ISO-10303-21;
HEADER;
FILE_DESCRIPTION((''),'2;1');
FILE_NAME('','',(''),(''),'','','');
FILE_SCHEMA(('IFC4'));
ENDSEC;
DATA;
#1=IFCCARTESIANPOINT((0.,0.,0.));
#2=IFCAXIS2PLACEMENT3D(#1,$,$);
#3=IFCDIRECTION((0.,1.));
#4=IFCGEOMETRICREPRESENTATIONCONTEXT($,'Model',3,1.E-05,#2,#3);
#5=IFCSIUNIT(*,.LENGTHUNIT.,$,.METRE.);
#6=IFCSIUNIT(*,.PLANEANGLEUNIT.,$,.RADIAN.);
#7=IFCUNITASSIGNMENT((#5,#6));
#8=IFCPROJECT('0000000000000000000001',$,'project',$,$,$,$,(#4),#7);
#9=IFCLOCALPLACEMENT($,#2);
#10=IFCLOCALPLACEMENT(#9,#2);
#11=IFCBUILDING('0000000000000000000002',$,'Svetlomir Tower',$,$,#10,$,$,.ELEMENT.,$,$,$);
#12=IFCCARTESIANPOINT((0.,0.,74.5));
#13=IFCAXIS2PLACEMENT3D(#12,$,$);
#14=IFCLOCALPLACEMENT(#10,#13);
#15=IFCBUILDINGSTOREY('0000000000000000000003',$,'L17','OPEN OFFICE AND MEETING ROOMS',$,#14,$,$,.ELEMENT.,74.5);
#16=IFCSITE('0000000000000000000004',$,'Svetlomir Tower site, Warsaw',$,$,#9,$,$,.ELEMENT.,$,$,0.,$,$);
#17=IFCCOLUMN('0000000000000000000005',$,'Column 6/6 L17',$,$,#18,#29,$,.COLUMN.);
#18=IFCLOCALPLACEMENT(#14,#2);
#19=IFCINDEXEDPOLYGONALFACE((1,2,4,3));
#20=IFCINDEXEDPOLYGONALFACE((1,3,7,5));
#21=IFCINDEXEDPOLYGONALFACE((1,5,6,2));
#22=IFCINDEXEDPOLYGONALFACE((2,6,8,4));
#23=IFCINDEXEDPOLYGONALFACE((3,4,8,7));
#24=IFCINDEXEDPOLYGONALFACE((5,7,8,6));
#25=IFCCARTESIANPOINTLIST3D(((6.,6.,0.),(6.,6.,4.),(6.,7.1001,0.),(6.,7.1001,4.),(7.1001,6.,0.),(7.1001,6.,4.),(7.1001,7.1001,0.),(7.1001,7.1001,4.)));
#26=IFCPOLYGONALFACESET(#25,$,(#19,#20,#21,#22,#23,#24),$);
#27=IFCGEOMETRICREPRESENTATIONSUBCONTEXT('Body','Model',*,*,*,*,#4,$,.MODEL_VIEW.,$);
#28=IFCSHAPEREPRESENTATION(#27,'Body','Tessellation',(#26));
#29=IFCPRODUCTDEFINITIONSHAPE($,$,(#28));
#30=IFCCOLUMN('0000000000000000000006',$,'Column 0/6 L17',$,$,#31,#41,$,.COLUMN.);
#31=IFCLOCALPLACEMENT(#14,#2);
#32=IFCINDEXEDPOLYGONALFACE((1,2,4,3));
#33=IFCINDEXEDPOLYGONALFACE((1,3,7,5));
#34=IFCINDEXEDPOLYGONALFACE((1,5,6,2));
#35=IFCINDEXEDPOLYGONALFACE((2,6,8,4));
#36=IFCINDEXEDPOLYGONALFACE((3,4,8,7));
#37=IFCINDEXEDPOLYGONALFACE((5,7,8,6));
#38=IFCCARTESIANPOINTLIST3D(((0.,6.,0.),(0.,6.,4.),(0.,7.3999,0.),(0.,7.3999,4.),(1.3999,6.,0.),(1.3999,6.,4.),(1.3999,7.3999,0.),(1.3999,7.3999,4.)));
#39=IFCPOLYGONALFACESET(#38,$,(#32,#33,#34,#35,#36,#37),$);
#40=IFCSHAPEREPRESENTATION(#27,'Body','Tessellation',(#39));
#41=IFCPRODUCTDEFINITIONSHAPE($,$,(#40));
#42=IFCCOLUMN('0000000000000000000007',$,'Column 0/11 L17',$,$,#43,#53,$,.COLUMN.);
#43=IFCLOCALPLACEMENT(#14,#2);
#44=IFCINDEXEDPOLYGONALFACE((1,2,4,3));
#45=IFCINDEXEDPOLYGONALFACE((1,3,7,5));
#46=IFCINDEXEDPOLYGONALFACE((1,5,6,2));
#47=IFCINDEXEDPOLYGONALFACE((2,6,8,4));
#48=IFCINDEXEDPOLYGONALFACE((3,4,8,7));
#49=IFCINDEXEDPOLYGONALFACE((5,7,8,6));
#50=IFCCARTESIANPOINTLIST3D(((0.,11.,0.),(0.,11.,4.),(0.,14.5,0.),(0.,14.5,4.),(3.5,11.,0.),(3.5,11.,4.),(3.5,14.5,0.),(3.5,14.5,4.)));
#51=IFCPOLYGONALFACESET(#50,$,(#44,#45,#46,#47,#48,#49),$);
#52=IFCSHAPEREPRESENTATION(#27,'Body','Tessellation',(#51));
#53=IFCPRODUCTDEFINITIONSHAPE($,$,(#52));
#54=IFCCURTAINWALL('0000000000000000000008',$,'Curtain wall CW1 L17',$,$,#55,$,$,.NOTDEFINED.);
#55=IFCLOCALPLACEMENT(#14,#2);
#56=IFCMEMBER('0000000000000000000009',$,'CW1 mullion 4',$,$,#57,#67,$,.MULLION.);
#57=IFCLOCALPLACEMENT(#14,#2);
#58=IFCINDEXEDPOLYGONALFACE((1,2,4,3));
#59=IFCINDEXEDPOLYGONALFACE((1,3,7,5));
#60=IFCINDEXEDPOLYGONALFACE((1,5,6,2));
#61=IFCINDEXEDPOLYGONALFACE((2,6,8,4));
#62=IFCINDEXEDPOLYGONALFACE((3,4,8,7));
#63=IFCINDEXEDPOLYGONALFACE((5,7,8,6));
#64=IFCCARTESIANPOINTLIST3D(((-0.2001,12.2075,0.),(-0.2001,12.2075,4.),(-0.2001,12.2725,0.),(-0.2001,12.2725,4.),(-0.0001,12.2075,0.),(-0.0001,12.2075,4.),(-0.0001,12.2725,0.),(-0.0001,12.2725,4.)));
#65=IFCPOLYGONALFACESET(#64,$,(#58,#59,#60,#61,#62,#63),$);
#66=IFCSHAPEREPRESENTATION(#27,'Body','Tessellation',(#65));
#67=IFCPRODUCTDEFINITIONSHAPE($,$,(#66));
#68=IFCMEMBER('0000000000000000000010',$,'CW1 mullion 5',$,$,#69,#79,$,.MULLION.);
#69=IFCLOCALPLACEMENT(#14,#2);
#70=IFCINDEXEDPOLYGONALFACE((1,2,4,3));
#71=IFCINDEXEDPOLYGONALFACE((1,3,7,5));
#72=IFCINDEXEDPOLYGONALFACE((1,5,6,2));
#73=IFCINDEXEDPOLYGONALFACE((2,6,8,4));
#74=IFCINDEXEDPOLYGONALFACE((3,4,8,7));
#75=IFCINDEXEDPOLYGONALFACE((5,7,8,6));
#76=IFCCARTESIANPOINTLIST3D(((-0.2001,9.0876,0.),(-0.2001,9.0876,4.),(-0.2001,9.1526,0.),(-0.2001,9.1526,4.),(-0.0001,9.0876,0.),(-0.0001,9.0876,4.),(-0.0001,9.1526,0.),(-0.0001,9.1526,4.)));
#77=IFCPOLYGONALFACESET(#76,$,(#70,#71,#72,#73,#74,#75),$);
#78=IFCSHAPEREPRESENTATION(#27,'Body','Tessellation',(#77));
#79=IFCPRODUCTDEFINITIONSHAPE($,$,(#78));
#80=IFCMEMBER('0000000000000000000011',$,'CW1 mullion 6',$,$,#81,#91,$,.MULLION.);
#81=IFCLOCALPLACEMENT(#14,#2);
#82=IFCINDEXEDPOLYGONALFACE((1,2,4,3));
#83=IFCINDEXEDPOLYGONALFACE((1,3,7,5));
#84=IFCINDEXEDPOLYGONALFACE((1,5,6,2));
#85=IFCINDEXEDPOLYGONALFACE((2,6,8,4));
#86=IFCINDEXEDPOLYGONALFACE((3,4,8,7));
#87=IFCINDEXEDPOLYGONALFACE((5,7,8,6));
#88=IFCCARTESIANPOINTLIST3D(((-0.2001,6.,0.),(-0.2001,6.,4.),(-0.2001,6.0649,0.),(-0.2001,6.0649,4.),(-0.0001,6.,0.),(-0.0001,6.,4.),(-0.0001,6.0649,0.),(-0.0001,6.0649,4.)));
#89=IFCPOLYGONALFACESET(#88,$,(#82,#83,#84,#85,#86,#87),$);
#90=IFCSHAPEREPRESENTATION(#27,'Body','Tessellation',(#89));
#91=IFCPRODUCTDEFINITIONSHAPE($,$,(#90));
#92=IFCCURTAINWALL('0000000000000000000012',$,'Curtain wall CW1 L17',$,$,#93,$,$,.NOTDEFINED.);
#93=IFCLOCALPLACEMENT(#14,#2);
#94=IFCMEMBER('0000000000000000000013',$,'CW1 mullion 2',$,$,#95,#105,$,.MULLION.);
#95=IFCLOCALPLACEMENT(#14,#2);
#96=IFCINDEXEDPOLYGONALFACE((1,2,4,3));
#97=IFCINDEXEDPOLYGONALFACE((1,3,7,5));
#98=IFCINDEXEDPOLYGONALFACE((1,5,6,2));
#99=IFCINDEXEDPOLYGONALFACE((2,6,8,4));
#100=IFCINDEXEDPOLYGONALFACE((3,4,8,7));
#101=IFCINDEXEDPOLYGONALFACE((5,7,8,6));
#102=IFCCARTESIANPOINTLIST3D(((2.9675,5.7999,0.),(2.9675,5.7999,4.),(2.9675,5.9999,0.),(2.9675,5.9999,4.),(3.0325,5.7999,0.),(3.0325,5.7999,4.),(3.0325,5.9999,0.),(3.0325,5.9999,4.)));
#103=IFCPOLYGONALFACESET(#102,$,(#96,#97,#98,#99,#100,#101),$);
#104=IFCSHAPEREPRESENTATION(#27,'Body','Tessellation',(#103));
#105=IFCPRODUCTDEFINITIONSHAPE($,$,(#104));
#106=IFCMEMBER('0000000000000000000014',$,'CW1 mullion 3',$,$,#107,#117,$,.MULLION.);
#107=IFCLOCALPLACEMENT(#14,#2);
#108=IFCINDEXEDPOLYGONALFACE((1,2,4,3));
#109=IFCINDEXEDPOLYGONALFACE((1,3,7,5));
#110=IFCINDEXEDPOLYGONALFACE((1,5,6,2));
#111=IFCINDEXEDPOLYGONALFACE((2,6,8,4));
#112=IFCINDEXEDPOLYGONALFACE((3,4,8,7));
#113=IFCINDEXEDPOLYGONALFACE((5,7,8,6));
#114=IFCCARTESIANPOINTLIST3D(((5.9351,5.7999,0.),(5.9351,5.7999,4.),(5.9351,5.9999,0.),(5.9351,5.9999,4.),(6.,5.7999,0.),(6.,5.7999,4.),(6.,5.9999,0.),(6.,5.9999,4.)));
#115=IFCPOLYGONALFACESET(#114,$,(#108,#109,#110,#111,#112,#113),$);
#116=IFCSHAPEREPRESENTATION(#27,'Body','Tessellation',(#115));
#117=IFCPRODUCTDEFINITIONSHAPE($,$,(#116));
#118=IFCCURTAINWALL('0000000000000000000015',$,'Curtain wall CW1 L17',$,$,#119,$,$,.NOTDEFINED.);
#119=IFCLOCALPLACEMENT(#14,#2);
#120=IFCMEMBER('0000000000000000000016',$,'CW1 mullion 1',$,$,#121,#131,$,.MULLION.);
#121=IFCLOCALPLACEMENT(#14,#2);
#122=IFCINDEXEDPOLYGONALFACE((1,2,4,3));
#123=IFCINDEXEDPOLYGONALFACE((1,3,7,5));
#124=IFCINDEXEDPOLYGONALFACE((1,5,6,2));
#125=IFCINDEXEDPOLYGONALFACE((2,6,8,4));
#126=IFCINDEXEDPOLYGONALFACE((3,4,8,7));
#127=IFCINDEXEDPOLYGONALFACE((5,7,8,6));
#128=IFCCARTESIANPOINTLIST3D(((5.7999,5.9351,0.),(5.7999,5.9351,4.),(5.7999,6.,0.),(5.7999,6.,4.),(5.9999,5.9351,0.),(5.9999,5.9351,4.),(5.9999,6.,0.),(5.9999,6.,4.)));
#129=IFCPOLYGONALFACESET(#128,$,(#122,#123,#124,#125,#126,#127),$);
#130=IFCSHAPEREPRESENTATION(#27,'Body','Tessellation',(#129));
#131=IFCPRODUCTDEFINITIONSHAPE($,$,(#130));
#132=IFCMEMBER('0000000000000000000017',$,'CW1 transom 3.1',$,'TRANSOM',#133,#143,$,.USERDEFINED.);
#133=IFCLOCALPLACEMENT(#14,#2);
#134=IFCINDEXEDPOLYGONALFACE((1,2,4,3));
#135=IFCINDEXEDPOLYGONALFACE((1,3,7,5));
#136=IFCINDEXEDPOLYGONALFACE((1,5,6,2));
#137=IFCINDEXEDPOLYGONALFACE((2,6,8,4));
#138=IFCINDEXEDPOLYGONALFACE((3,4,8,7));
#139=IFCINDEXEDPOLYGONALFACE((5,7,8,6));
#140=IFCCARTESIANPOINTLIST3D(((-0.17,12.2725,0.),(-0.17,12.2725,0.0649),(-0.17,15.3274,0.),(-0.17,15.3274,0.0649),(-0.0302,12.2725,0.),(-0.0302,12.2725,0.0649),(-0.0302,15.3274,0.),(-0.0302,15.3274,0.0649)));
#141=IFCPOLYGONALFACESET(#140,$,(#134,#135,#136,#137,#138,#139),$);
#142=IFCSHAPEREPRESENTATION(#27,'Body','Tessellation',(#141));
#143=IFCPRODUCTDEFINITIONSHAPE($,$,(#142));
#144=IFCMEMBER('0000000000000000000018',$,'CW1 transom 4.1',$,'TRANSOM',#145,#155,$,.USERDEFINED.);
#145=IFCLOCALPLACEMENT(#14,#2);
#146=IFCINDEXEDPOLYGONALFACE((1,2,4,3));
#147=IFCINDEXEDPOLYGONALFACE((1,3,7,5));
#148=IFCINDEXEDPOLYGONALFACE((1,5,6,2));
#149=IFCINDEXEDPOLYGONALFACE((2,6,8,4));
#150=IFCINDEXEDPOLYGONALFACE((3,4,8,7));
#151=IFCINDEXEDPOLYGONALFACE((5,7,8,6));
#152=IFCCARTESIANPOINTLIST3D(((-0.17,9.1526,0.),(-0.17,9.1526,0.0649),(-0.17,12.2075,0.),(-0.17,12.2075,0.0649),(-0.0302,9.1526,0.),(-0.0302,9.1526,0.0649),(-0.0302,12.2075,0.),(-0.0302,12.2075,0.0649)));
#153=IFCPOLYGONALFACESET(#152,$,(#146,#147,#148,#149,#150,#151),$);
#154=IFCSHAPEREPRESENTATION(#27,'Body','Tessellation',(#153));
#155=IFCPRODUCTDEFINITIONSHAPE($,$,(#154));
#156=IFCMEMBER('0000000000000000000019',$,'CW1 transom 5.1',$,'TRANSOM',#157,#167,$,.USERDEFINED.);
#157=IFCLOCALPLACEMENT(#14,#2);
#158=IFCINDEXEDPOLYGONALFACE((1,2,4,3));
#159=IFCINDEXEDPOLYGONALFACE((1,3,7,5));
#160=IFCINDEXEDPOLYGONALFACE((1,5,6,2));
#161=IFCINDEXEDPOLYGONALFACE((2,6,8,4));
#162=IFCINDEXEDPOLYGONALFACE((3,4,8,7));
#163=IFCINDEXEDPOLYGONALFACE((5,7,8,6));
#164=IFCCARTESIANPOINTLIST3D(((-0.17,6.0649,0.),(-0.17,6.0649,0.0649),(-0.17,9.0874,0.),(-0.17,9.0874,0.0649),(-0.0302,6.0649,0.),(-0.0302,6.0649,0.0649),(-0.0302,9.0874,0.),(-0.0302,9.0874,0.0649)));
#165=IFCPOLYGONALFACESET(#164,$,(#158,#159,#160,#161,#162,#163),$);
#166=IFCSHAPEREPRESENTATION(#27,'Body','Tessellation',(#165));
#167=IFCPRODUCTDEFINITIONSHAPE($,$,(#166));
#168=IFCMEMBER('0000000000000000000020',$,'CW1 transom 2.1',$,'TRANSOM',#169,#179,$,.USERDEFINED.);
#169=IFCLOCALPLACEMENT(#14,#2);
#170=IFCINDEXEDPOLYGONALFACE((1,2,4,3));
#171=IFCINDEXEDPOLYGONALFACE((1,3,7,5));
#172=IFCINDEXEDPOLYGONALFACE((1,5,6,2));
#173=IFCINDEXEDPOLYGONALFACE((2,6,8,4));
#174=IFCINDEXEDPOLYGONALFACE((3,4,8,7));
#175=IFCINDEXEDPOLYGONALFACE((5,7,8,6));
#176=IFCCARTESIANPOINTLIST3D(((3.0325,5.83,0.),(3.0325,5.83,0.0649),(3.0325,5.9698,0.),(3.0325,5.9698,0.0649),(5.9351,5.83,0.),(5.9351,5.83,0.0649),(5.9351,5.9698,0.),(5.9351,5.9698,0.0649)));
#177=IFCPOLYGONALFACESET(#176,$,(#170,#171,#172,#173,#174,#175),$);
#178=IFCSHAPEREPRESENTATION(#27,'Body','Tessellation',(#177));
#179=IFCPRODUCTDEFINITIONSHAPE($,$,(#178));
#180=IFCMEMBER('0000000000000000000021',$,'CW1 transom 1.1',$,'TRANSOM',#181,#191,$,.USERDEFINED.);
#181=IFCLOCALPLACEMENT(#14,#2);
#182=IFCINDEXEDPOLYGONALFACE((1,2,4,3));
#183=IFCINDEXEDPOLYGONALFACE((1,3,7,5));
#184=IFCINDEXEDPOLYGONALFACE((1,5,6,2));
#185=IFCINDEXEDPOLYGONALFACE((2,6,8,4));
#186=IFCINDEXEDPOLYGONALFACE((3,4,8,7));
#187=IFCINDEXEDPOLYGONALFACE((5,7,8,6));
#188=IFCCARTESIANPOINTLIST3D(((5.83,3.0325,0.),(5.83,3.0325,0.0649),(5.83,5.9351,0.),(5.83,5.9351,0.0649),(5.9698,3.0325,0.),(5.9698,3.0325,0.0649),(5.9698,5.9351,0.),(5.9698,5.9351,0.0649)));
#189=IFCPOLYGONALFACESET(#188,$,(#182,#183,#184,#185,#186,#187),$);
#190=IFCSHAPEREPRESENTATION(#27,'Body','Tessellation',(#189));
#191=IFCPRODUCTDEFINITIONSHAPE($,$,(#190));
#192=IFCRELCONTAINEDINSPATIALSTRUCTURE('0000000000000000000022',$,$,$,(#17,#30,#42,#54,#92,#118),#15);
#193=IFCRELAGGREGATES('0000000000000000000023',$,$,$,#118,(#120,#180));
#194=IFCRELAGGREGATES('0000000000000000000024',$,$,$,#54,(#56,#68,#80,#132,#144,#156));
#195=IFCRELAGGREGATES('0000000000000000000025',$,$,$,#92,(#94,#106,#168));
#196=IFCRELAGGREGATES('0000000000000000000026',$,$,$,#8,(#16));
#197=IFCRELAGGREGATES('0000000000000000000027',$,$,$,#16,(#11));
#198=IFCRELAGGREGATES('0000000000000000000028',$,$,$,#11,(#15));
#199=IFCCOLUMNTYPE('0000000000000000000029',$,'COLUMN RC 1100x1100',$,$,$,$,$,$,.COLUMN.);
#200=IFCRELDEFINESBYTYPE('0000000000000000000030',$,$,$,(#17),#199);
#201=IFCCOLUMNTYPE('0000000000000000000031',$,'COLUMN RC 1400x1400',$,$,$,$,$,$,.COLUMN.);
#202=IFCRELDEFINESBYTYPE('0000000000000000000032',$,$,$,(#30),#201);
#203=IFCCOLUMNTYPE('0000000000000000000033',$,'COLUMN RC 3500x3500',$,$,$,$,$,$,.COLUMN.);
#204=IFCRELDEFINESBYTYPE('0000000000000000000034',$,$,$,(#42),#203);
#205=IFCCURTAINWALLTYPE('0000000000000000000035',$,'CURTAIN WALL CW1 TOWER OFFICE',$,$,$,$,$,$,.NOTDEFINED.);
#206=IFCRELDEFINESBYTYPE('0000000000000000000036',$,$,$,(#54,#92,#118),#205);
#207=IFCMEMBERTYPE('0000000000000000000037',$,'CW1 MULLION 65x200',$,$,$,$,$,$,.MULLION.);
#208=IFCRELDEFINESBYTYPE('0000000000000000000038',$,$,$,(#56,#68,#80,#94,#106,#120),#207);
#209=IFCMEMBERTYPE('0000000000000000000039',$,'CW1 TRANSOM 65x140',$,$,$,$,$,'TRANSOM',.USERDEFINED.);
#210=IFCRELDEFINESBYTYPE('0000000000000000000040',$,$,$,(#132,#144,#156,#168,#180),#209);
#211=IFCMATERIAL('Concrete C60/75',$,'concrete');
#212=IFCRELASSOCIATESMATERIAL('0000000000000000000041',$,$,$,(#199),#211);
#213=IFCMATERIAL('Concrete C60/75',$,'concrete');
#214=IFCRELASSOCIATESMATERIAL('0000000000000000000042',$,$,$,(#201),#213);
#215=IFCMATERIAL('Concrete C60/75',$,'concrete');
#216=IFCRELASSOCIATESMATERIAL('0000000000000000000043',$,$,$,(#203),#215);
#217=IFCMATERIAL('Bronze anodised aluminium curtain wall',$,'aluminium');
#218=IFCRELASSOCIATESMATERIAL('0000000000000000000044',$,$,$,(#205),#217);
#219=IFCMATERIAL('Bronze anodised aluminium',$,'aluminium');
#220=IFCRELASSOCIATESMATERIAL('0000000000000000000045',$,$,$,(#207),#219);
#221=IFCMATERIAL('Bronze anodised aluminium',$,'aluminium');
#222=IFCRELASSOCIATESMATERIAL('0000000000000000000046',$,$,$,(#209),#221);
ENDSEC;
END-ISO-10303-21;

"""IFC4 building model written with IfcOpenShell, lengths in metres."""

from ifc_helpers import new_model, si_unit, direction, frame, origin, origin_2d, place, context, subcontext, project, spatial, rectangle, extrude, material, material_profile, profile_set, type_object, element, aggregate, save


model = new_model("IFC4")

# Units and contexts
model_context = context("Model", 3, precision=1e-05, world=origin(), true_north=direction((0.0, 1.0)))
body_context = subcontext(model_context, "Body", "Model", "MODEL_VIEW")
ifc_project = project(units=[si_unit("LENGTHUNIT", "METRE"), si_unit("PLANEANGLEUNIT", "RADIAN")], contexts=[model_context])

# Site, building, storey
site_placement = place(None, origin())
site = spatial("IfcSite", under=ifc_project, at=site_placement, Name="Svetlomir Tower site, Warsaw", CompositionType="ELEMENT", RefElevation=0.0)
building_placement = place(site_placement, origin())
building = spatial("IfcBuilding", under=site, at=building_placement, Name="Svetlomir Tower", CompositionType="ELEMENT")
storey_placement = place(building_placement, frame((0.0, 0.0, 74.5)))
storey = spatial("IfcBuildingStorey", under=building, at=storey_placement, Name="L17", Description="OPEN OFFICE AND MEETING ROOMS", CompositionType="ELEMENT", Elevation=74.5)

# Columns
ifc_material_1 = material(Name="Concrete C60/75", Category="concrete")
ifc_material_profile_1 = material_profile(ifc_material_1, rectangle(XDim=1.1001, YDim=1.1001, at=origin_2d()), Name="RC 1100x1100")
ifc_profile_set_1 = profile_set([ifc_material_profile_1], Name="Concrete C60/75")
column_type_1 = type_object("IfcColumnType", Name="COLUMN RC 1100x1100", PredefinedType="COLUMN", material=ifc_profile_set_1)
column_1_placement = place(storey_placement, frame((6.55, 6.55, 0.0), z_axis=(0.0, 0.0, 1.0), x_axis=(1.0, 0.0, 0.0)))
element("IfcColumn", 1, at=column_1_placement, inside=storey, type_object=column_type_1, Name="Column 6/6 L17", PredefinedType="COLUMN", context=body_context, shape_type="SweptSolid", body=[
    extrude(rectangle(XDim=1.1001, YDim=1.1001, at=origin_2d()), origin(), (0.0, 0.0, 1.0), 4.0),
])
ifc_material_2 = material(Name="Concrete C60/75", Category="concrete")
ifc_material_profile_2 = material_profile(ifc_material_2, rectangle(XDim=1.3999, YDim=1.3999, at=origin_2d()), Name="RC 1400x1400")
ifc_profile_set_2 = profile_set([ifc_material_profile_2], Name="Concrete C60/75")
column_type_2 = type_object("IfcColumnType", Name="COLUMN RC 1400x1400", PredefinedType="COLUMN", material=ifc_profile_set_2)
column_2_placement = place(storey_placement, frame((0.7, 6.7, 0.0), z_axis=(0.0, 0.0, 1.0), x_axis=(1.0, 0.0, 0.0)))
element("IfcColumn", 2, at=column_2_placement, inside=storey, type_object=column_type_2, Name="Column 0/6 L17", PredefinedType="COLUMN", context=body_context, shape_type="SweptSolid", body=[
    extrude(rectangle(XDim=1.3999, YDim=1.3999, at=origin_2d()), origin(), (0.0, 0.0, 1.0), 4.0),
])
ifc_material_3 = material(Name="Concrete C60/75", Category="concrete")
ifc_material_profile_3 = material_profile(ifc_material_3, rectangle(XDim=3.5, YDim=3.5, at=origin_2d()), Name="RC 3500x3500")
ifc_profile_set_3 = profile_set([ifc_material_profile_3], Name="Concrete C60/75")
column_type_3 = type_object("IfcColumnType", Name="COLUMN RC 3500x3500", PredefinedType="COLUMN", material=ifc_profile_set_3)
column_3_placement = place(storey_placement, frame((1.75, 12.75, 0.0), z_axis=(0.0, 0.0, 1.0), x_axis=(1.0, 0.0, 0.0)))
element("IfcColumn", 3, at=column_3_placement, inside=storey, type_object=column_type_3, Name="Column 0/11 L17", PredefinedType="COLUMN", context=body_context, shape_type="SweptSolid", body=[
    extrude(rectangle(XDim=3.5, YDim=3.5, at=origin_2d()), origin(), (0.0, 0.0, 1.0), 4.0),
])

# Curtain walls, members
ifc_material_4 = material(Name="Bronze anodised aluminium curtain wall", Category="aluminium")
curtain_wall_type = type_object("IfcCurtainWallType", Name="CURTAIN WALL CW1 TOWER OFFICE", PredefinedType="NOTDEFINED", material=ifc_material_4)
curtain_wall_1_placement = place(storey_placement, origin())
curtain_wall_1 = element("IfcCurtainWall", 4, at=curtain_wall_1_placement, inside=storey, type_object=curtain_wall_type, Name="Curtain wall CW1 L17", PredefinedType="NOTDEFINED")
ifc_material_5 = material(Name="Bronze anodised aluminium", Category="aluminium")
ifc_material_profile_4 = material_profile(ifc_material_5, rectangle(XDim=0.0649, YDim=0.2, at=origin_2d()), Name="AL 65x200")
ifc_profile_set_4 = profile_set([ifc_material_profile_4], Name="Bronze anodised aluminium 6063-T6")
member_type_1 = type_object("IfcMemberType", Name="CW1 MULLION 65x200", PredefinedType="MULLION", material=ifc_profile_set_4)
member_1_placement = place(storey_placement, frame((-0.1001, 12.24, 0.0), z_axis=(0.0, 0.0, 1.0), x_axis=(0.0, -1.0, 0.0)))
member_1 = element("IfcMember", 5, at=member_1_placement, type_object=member_type_1, Name="CW1 mullion 4", PredefinedType="MULLION", context=body_context, shape_type="SweptSolid", body=[
    extrude(rectangle(XDim=0.0649, YDim=0.2, at=origin_2d()), origin(), (0.0, 0.0, 1.0), 4.0),
])
member_2_placement = place(storey_placement, frame((-0.1001, 9.1201, 0.0), z_axis=(0.0, 0.0, 1.0), x_axis=(0.0, -1.0, 0.0)))
member_2 = element("IfcMember", 6, at=member_2_placement, type_object=member_type_1, Name="CW1 mullion 5", PredefinedType="MULLION", context=body_context, shape_type="SweptSolid", body=[
    extrude(rectangle(XDim=0.0649, YDim=0.2, at=origin_2d()), origin(), (0.0, 0.0, 1.0), 4.0),
])
member_3_placement = place(storey_placement, frame((-0.1001, 6.0325, 0.0), z_axis=(0.0, 0.0, 1.0), x_axis=(0.0, -1.0, 0.0)))
member_3 = element("IfcMember", 7, at=member_3_placement, type_object=member_type_1, Name="CW1 mullion 6", PredefinedType="MULLION", context=body_context, shape_type="SweptSolid", body=[
    extrude(rectangle(XDim=0.0649, YDim=0.2, at=origin_2d()), origin(), (0.0, 0.0, 1.0), 4.0),
])
curtain_wall_2_placement = place(storey_placement, origin())
curtain_wall_2 = element("IfcCurtainWall", 8, at=curtain_wall_2_placement, inside=storey, type_object=curtain_wall_type, Name="Curtain wall CW1 L17", PredefinedType="NOTDEFINED")
member_4_placement = place(storey_placement, frame((3.0, 5.8999, 0.0), z_axis=(0.0, 0.0, 1.0), x_axis=(1.0, 0.0, 0.0)))
member_4 = element("IfcMember", 9, at=member_4_placement, type_object=member_type_1, Name="CW1 mullion 2", PredefinedType="MULLION", context=body_context, shape_type="SweptSolid", body=[
    extrude(rectangle(XDim=0.0649, YDim=0.2, at=origin_2d()), origin(), (0.0, 0.0, 1.0), 4.0),
])
member_5_placement = place(storey_placement, frame((5.9675, 5.8999, 0.0), z_axis=(0.0, 0.0, 1.0), x_axis=(1.0, 0.0, 0.0)))
member_5 = element("IfcMember", 10, at=member_5_placement, type_object=member_type_1, Name="CW1 mullion 3", PredefinedType="MULLION", context=body_context, shape_type="SweptSolid", body=[
    extrude(rectangle(XDim=0.0649, YDim=0.2, at=origin_2d()), origin(), (0.0, 0.0, 1.0), 4.0),
])

# Curtain wall, member
curtain_wall_3_placement = place(storey_placement, origin())
curtain_wall_3 = element("IfcCurtainWall", 11, at=curtain_wall_3_placement, inside=storey, type_object=curtain_wall_type, Name="Curtain wall CW1 L17", PredefinedType="NOTDEFINED")
member_6_placement = place(storey_placement, frame((5.8999, 5.9675, 0.0), z_axis=(0.0, 0.0, 1.0), x_axis=(0.0, -1.0, 0.0)))
member_6 = element("IfcMember", 12, at=member_6_placement, type_object=member_type_1, Name="CW1 mullion 1", PredefinedType="MULLION", context=body_context, shape_type="SweptSolid", body=[
    extrude(rectangle(XDim=0.0649, YDim=0.2, at=origin_2d()), origin(), (0.0, 0.0, 1.0), 4.0),
])

# Members
ifc_material_6 = material(Name="Bronze anodised aluminium", Category="aluminium")
ifc_material_profile_5 = material_profile(ifc_material_6, rectangle(XDim=0.1399, YDim=0.0649, at=origin_2d()), Name="AL 140x65")
ifc_profile_set_5 = profile_set([ifc_material_profile_5], Name="Bronze anodised aluminium 6063-T6")
member_type_2 = type_object("IfcMemberType", Name="CW1 TRANSOM 65x140", ElementType="TRANSOM", PredefinedType="USERDEFINED", material=ifc_profile_set_5)
member_7_placement = place(storey_placement, frame((-0.1001, 15.3274, 0.0325), z_axis=(0.0, -1.0, 0.0), x_axis=(1.0, 0.0, 0.0)))
member_7 = element("IfcMember", 13, at=member_7_placement, type_object=member_type_2, Name="CW1 transom 3.1", ObjectType="TRANSOM", PredefinedType="USERDEFINED", context=body_context, shape_type="SweptSolid", body=[
    extrude(rectangle(XDim=0.1399, YDim=0.0649, at=origin_2d()), origin(), (0.0, 0.0, 1.0), 3.0549),
])
member_8_placement = place(storey_placement, frame((-0.1001, 12.2075, 0.0325), z_axis=(0.0, -1.0, 0.0), x_axis=(1.0, 0.0, 0.0)))
member_8 = element("IfcMember", 14, at=member_8_placement, type_object=member_type_2, Name="CW1 transom 4.1", ObjectType="TRANSOM", PredefinedType="USERDEFINED", context=body_context, shape_type="SweptSolid", body=[
    extrude(rectangle(XDim=0.1399, YDim=0.0649, at=origin_2d()), origin(), (0.0, 0.0, 1.0), 3.0549),
])
member_9_placement = place(storey_placement, frame((-0.1001, 9.0874, 0.0325), z_axis=(0.0, -1.0, 0.0), x_axis=(1.0, 0.0, 0.0)))
member_9 = element("IfcMember", 15, at=member_9_placement, type_object=member_type_2, Name="CW1 transom 5.1", ObjectType="TRANSOM", PredefinedType="USERDEFINED", context=body_context, shape_type="SweptSolid", body=[
    extrude(rectangle(XDim=0.1399, YDim=0.0649, at=origin_2d()), origin(), (0.0, 0.0, 1.0), 3.0225),
])
member_10_placement = place(storey_placement, frame((3.0325, 5.8999, 0.0325), z_axis=(1.0, 0.0, 0.0), x_axis=(0.0, 1.0, 0.0)))
member_10 = element("IfcMember", 16, at=member_10_placement, type_object=member_type_2, Name="CW1 transom 2.1", ObjectType="TRANSOM", PredefinedType="USERDEFINED", context=body_context, shape_type="SweptSolid", body=[
    extrude(rectangle(XDim=0.1399, YDim=0.0649, at=origin_2d()), origin(), (0.0, 0.0, 1.0), 2.9026),
])
member_11_placement = place(storey_placement, frame((5.8999, 5.9351, 0.0325), z_axis=(0.0, -1.0, 0.0), x_axis=(1.0, 0.0, 0.0)))
member_11 = element("IfcMember", 17, at=member_11_placement, type_object=member_type_2, Name="CW1 transom 1.1", ObjectType="TRANSOM", PredefinedType="USERDEFINED", context=body_context, shape_type="SweptSolid", body=[
    extrude(rectangle(XDim=0.1399, YDim=0.0649, at=origin_2d()), origin(), (0.0, 0.0, 1.0), 2.9026),
])
aggregate(curtain_wall_3, [member_6, member_11])

aggregate(curtain_wall_1, [member_1, member_2, member_3, member_7, member_8, member_9])
aggregate(curtain_wall_2, [member_4, member_5, member_10])

save(model, "model.ifc")
